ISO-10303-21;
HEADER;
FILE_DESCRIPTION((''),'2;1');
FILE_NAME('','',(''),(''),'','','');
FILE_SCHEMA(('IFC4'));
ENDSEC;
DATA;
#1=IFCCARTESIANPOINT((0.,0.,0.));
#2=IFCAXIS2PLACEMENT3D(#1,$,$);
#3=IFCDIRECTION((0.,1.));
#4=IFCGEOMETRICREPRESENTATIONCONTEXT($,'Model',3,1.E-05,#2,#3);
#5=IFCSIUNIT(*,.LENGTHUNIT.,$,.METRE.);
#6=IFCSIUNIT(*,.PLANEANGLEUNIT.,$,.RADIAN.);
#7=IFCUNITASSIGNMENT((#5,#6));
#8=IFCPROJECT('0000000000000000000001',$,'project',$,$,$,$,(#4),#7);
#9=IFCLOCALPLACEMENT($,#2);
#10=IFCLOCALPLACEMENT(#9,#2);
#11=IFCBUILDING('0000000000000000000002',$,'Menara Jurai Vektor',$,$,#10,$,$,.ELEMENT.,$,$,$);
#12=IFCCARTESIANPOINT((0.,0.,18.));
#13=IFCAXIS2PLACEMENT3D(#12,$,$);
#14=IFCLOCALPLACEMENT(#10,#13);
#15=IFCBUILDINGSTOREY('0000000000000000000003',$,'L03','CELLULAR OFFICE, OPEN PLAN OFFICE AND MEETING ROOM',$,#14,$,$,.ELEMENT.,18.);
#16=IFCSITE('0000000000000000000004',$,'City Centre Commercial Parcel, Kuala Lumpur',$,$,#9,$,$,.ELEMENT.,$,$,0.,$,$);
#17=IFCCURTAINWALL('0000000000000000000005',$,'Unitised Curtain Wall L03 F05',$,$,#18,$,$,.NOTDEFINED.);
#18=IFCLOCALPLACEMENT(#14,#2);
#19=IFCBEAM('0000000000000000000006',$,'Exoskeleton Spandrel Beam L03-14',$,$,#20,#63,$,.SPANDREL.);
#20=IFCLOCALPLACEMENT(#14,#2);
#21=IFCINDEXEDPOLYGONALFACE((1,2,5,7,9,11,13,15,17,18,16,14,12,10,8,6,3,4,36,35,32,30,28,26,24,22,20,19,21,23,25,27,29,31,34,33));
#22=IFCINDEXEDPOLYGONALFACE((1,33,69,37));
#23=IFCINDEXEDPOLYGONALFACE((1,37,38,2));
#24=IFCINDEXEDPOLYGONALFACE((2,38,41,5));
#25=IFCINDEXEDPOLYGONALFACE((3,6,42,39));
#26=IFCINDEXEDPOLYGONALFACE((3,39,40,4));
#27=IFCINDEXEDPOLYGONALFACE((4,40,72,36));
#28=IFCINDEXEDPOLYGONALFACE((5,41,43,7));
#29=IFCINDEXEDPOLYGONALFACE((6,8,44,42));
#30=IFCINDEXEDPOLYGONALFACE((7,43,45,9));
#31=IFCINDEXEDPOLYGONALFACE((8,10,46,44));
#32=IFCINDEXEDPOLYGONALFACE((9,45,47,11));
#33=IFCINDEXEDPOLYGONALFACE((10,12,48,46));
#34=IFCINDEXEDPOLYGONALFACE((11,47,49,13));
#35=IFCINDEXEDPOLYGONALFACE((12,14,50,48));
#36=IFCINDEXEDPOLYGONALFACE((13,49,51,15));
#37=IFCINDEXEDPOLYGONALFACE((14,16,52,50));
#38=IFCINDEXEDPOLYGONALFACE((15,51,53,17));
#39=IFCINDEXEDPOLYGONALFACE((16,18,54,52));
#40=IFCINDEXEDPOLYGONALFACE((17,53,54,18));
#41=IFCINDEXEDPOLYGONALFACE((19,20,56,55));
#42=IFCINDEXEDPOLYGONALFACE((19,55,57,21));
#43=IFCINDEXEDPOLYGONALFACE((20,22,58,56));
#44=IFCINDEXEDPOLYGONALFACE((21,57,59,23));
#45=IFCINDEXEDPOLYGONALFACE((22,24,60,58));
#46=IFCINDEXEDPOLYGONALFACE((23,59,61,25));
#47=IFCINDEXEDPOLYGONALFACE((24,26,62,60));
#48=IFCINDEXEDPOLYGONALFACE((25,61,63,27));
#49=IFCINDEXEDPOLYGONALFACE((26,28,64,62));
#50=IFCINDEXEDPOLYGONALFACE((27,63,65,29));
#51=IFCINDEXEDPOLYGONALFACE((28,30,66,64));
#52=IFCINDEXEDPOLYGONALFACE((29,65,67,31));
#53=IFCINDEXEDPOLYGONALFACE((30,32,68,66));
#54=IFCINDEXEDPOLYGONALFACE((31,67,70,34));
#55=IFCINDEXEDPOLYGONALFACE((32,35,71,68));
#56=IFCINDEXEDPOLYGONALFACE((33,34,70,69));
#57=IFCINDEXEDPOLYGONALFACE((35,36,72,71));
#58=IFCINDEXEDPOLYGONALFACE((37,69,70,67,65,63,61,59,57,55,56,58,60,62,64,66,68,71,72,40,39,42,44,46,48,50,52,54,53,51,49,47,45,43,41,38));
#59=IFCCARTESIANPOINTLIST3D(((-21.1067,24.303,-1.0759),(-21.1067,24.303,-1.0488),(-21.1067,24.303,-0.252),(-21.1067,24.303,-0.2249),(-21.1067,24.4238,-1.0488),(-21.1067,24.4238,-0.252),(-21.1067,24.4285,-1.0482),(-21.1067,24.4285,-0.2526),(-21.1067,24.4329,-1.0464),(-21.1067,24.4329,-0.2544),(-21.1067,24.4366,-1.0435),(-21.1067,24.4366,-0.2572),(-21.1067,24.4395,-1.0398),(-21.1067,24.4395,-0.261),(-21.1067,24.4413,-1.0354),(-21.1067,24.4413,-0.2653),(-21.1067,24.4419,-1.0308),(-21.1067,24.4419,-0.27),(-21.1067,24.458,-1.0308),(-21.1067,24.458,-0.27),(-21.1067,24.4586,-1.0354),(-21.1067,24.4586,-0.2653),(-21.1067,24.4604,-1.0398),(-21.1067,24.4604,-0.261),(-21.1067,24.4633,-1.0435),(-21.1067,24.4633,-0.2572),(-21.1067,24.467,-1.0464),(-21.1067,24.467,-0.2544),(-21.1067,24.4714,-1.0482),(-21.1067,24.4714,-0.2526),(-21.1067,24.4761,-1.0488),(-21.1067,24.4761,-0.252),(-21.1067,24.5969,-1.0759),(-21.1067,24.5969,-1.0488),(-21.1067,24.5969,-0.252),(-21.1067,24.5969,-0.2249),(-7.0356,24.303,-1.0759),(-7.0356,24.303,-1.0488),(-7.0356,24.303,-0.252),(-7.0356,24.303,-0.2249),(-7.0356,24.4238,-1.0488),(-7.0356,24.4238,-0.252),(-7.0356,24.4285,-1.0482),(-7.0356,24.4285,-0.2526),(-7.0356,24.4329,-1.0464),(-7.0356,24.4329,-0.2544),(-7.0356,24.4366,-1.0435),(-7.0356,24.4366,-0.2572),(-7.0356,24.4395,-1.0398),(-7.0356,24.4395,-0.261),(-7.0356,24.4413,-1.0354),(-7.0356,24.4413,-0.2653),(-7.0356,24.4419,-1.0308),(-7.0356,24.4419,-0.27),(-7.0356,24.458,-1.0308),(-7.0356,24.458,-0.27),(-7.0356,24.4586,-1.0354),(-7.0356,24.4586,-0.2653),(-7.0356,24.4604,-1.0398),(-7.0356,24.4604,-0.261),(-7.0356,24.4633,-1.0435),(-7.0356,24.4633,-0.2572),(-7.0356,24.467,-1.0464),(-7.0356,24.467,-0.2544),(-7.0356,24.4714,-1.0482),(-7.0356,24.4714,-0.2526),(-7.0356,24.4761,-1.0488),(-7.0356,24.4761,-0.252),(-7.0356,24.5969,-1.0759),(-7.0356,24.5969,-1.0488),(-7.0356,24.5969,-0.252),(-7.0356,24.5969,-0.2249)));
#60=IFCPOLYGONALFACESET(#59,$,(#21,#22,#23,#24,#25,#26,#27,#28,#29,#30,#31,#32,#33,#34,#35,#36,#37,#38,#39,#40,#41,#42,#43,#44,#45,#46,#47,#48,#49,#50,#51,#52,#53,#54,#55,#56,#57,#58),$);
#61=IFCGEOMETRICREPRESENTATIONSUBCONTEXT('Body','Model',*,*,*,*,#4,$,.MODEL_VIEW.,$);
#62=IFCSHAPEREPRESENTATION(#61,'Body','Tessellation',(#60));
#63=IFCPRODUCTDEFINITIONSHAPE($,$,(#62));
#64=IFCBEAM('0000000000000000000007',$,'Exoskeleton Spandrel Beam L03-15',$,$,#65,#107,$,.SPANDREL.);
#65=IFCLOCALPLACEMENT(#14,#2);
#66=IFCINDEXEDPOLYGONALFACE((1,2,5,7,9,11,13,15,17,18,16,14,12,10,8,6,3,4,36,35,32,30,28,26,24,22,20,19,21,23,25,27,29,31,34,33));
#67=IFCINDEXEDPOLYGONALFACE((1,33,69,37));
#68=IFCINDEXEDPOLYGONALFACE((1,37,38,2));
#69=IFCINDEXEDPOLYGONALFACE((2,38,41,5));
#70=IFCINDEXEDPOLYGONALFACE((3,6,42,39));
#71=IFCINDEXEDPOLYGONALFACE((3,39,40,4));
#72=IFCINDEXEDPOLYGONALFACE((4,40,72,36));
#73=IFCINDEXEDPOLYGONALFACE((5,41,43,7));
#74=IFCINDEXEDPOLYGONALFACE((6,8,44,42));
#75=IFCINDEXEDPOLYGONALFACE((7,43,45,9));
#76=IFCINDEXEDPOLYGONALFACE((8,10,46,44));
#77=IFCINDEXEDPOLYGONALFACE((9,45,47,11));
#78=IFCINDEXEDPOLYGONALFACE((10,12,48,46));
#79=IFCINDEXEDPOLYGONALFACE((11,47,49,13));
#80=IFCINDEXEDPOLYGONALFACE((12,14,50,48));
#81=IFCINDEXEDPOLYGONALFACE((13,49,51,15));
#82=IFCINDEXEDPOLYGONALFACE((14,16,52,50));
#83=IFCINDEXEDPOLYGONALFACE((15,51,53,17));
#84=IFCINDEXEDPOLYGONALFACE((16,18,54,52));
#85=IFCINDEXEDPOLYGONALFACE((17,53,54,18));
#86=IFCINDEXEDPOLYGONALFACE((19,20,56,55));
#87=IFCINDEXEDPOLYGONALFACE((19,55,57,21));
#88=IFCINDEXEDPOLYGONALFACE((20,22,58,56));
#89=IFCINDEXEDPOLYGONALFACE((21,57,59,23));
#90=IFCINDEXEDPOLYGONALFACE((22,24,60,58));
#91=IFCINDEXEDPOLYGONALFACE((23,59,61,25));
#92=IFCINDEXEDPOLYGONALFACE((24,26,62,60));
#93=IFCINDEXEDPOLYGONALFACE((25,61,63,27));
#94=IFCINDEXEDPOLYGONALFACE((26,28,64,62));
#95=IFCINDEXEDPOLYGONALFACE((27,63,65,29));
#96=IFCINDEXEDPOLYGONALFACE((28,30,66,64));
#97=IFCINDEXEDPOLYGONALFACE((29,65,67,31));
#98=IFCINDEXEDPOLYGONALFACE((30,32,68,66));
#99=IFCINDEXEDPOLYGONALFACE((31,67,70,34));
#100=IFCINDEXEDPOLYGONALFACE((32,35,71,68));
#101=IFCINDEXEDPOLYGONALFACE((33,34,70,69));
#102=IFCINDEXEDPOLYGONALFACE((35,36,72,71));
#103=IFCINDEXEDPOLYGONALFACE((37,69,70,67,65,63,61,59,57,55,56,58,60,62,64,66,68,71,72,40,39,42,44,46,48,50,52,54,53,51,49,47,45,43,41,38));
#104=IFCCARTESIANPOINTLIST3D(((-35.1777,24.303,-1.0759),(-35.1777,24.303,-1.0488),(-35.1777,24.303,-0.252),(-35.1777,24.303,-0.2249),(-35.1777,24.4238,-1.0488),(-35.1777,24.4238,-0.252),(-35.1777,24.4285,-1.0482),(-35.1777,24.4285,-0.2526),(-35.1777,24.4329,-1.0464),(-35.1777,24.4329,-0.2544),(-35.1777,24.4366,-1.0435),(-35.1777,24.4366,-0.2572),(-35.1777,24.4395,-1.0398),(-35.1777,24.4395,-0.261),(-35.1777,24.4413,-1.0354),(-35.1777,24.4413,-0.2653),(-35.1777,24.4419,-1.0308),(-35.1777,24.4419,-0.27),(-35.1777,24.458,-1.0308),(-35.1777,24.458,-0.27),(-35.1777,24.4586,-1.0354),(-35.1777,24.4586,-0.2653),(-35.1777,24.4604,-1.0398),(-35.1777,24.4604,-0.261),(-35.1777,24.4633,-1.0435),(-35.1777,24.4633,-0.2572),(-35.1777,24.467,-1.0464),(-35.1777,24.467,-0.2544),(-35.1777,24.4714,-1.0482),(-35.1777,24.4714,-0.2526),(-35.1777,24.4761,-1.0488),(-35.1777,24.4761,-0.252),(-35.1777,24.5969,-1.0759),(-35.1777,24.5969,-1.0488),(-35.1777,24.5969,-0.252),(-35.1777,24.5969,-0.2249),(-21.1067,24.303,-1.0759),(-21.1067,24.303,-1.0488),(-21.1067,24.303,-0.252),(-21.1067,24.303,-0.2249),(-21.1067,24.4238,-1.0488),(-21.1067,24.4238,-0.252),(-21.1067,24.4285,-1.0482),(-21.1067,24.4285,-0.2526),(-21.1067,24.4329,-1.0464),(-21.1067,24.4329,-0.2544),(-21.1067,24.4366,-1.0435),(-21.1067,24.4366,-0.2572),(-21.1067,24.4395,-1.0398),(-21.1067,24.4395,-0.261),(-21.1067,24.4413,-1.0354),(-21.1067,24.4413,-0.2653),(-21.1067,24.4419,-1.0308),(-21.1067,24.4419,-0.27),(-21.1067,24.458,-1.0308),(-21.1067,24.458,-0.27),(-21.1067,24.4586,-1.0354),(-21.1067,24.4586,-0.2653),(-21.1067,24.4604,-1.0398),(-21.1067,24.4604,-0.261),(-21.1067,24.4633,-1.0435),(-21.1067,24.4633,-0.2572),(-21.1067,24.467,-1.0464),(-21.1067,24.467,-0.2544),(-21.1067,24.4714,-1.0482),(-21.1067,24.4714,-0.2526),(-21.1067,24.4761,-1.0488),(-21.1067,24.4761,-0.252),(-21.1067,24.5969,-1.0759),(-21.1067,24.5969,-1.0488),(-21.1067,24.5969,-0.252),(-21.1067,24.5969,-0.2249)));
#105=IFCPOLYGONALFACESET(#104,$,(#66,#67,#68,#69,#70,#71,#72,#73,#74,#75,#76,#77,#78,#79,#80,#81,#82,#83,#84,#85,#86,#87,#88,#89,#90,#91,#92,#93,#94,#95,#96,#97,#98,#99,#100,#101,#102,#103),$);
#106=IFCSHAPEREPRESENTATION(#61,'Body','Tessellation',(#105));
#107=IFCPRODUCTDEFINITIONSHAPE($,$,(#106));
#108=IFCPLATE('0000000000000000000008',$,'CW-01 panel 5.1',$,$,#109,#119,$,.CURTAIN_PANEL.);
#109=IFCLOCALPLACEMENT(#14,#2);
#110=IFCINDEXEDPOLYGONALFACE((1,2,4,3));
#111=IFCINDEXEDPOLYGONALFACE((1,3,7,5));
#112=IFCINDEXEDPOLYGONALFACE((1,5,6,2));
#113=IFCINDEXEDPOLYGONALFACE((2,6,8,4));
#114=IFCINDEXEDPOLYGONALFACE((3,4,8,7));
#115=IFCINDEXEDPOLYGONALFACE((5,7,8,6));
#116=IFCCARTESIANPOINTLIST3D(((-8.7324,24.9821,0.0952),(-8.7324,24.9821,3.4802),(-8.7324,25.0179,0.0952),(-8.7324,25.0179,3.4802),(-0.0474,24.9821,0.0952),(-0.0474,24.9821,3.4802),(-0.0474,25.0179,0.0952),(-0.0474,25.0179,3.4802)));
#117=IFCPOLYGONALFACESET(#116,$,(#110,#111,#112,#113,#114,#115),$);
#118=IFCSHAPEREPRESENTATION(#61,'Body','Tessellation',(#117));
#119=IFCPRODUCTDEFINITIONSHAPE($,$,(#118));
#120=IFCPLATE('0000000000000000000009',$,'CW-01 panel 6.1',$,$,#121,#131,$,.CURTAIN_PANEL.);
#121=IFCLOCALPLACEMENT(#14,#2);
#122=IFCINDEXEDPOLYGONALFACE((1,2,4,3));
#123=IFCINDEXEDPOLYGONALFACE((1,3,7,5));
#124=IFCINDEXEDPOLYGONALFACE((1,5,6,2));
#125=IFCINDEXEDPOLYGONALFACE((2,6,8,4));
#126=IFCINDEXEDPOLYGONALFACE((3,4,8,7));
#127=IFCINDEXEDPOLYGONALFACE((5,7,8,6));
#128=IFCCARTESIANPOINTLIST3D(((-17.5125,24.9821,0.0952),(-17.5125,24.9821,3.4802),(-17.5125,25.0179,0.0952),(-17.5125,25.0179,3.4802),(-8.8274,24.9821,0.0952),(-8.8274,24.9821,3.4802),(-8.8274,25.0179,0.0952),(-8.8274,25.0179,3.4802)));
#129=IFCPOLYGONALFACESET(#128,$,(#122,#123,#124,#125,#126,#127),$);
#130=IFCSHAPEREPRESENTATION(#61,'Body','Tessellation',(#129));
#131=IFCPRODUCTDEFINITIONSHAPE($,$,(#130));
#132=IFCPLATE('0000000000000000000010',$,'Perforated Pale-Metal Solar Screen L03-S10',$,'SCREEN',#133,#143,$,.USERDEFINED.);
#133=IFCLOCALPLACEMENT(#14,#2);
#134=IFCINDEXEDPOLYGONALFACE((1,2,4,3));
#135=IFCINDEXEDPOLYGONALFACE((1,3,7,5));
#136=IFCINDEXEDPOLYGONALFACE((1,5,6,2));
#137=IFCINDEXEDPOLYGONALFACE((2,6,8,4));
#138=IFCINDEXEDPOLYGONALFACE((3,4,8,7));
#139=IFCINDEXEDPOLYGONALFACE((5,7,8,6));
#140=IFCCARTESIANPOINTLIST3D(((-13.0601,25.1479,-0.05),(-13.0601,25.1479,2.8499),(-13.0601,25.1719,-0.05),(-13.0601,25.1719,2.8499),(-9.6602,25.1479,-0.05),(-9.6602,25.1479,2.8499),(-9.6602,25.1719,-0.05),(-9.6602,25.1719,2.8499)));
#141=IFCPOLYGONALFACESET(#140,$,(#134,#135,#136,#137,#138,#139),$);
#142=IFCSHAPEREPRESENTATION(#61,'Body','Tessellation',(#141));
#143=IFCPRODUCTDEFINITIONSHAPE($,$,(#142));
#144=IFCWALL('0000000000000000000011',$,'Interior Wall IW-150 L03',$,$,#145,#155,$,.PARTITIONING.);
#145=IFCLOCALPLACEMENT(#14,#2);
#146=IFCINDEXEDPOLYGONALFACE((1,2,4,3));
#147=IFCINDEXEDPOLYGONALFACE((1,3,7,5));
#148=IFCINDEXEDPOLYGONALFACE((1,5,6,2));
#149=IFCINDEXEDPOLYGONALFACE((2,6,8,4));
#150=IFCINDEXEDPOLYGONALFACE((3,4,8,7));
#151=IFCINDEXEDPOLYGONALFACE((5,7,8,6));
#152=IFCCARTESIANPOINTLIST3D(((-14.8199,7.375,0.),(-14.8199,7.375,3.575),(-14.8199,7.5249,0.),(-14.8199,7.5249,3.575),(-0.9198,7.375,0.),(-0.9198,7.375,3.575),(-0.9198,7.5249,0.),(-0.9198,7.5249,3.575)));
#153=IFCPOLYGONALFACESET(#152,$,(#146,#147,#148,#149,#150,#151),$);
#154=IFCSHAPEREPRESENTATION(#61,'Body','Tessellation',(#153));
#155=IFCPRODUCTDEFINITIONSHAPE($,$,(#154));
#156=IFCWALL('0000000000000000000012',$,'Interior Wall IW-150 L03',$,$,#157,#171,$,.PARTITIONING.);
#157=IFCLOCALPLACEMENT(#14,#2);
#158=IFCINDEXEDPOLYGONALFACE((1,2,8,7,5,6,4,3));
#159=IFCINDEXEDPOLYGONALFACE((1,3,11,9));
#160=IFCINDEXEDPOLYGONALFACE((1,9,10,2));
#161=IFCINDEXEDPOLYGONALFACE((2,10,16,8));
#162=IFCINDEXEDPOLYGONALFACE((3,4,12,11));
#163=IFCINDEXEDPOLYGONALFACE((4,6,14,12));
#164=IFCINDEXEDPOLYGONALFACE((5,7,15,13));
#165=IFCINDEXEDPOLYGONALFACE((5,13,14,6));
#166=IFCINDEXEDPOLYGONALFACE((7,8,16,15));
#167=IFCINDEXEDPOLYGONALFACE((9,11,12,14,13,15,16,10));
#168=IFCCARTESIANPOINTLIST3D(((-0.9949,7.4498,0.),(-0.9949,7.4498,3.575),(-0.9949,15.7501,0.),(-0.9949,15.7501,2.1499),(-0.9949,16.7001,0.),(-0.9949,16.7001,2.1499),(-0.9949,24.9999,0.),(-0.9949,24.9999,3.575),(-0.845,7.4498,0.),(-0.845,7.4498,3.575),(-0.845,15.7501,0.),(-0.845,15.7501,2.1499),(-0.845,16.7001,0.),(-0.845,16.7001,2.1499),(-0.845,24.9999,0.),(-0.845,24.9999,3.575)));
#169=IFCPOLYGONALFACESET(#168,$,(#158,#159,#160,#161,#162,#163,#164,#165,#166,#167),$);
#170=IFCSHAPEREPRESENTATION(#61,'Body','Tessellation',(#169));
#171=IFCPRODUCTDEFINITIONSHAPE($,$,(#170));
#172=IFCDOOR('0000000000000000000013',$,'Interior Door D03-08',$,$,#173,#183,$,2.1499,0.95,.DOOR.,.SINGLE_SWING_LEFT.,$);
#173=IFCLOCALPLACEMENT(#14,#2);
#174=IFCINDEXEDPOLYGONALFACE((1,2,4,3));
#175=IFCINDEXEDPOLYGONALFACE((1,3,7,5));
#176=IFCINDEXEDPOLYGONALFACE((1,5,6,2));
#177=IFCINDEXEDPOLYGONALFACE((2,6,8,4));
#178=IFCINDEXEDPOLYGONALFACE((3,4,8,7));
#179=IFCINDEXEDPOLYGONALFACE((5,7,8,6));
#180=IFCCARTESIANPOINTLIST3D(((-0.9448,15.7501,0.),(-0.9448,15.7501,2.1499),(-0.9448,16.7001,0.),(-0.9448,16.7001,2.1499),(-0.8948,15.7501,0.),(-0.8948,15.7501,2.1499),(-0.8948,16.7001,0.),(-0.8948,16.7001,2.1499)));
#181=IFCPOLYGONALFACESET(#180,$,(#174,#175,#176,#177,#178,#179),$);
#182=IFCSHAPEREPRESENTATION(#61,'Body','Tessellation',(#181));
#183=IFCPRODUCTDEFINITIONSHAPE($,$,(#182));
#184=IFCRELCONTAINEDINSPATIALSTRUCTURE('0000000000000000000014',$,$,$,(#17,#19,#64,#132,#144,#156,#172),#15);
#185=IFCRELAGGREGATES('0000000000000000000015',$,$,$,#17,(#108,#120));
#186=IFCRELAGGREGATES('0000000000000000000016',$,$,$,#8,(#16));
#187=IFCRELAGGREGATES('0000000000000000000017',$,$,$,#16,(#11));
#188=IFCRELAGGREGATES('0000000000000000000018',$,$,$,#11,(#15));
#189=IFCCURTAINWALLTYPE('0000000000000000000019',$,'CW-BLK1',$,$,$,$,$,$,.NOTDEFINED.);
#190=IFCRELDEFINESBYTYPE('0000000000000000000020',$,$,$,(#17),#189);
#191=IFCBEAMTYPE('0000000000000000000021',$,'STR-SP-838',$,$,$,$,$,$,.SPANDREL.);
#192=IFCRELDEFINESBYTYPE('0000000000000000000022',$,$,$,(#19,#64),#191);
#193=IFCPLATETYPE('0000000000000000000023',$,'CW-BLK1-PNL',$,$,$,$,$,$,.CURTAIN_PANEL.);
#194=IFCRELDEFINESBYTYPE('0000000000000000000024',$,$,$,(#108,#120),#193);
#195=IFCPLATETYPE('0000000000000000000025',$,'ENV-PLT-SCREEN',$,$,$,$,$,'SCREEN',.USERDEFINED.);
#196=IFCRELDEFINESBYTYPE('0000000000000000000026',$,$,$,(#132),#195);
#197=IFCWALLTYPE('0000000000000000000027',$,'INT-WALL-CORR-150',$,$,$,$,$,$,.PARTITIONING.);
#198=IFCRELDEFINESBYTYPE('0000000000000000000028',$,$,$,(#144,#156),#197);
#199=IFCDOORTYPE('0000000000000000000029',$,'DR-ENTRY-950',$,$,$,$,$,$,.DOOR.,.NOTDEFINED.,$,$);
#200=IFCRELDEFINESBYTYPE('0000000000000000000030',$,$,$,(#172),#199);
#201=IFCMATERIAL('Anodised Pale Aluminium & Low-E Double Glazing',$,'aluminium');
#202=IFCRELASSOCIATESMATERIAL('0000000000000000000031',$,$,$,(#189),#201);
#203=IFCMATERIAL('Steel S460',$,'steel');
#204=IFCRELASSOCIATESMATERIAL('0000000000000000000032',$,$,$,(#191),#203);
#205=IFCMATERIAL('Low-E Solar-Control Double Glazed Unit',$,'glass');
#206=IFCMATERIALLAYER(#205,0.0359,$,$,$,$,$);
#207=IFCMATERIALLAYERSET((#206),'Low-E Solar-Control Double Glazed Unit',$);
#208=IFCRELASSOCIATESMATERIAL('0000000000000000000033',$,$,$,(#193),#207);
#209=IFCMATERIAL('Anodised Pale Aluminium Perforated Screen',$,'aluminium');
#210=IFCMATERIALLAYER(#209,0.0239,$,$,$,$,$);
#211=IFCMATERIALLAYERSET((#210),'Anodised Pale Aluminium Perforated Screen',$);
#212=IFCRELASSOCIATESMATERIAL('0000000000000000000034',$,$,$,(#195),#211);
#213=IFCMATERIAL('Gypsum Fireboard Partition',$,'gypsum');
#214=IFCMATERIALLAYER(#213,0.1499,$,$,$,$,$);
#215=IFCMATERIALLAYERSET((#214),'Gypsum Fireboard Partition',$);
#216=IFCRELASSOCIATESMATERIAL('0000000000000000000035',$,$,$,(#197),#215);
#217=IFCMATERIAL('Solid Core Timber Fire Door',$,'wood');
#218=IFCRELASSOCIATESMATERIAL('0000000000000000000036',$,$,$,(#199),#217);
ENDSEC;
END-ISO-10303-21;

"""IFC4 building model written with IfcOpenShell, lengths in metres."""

from ifc_helpers import new_model, si_unit, direction, frame, frame_2d, origin, origin_2d, place, context, subcontext, project, spatial, rectangle, i_section, extrude, material, layer, layer_set, material_profile, profile_set, type_object, element, fill, aggregate, save


model = new_model("IFC4")

# Units and contexts
model_context = context("Model", 3, precision=1e-05, world=origin(), true_north=direction((0.0, 1.0)))
body_context = subcontext(model_context, "Body", "Model", "MODEL_VIEW")
ifc_project = project(units=[si_unit("LENGTHUNIT", "METRE"), si_unit("PLANEANGLEUNIT", "RADIAN")], contexts=[model_context])

# Site, building, storey
site_placement = place(None, origin())
site = spatial("IfcSite", under=ifc_project, at=site_placement, Name="City Centre Commercial Parcel, Kuala Lumpur", CompositionType="ELEMENT", RefElevation=0.0)
building_placement = place(site_placement, origin())
building = spatial("IfcBuilding", under=site, at=building_placement, Name="Menara Jurai Vektor", CompositionType="ELEMENT")
storey_placement = place(building_placement, frame((0.0, 0.0, 18.0)))
storey = spatial("IfcBuildingStorey", under=building, at=storey_placement, Name="L03", Description="CELLULAR OFFICE, OPEN PLAN OFFICE AND MEETING ROOM", CompositionType="ELEMENT", Elevation=18.0)

# Shared definitions
ifc_material_1 = material(Name="Steel S460", Category="steel")

# Curtain wall
ifc_material_2 = material(Name="Anodised Pale Aluminium & Low-E Double Glazing", Category="aluminium")
curtain_wall_type = type_object("IfcCurtainWallType", Name="CW-BLK1", PredefinedType="NOTDEFINED", material=ifc_material_2)
curtain_wall_placement = place(storey_placement, origin())
curtain_wall = element("IfcCurtainWall", 1, at=curtain_wall_placement, inside=storey, type_object=curtain_wall_type, Name="Unitised Curtain Wall L03 F05", PredefinedType="NOTDEFINED")

# Beams
ifc_material_profile_1 = material_profile(ifc_material_1, i_section(OverallWidth=0.2939, OverallDepth=0.8511, WebThickness=0.0161, FlangeThickness=0.0271, FilletRadius=0.0181, at=origin_2d()), Name="UKB 838x292x226")
ifc_profile_set_1 = profile_set([ifc_material_profile_1], Name="Steel S460")
beam_type_1 = type_object("IfcBeamType", Name="STR-SP-838", PredefinedType="SPANDREL", material=ifc_profile_set_1)
for number, where, z_axis, x_axis, name in (
    (2, (-7.0356, 24.45, -0.6504), (-1.0, 0.0, 0.0), (0.0, -1.0, 0.0), "Exoskeleton Spandrel Beam L03-14"),
    (3, (-21.1067, 24.45, -0.6504), (-1.0, 0.0, 0.0), (0.0, -1.0, 0.0), "Exoskeleton Spandrel Beam L03-15"),
):
    element("IfcBeam", number, at=place(storey_placement, frame(where, z_axis=z_axis, x_axis=x_axis)), inside=storey, type_object=beam_type_1, Name=name, PredefinedType="SPANDREL", context=body_context, shape_type="SweptSolid", body=[
        extrude(i_section(OverallWidth=0.2939, OverallDepth=0.8511, WebThickness=0.0161, FlangeThickness=0.0271, FilletRadius=0.0181, at=origin_2d()), origin(), (0.0, 0.0, 1.0), 14.071),
    ])

# Plates
ifc_material_3 = material(Name="Low-E Solar-Control Double Glazed Unit", Category="glass")
ifc_layer_1 = layer(ifc_material_3, 0.0359)
ifc_layer_set_1 = layer_set([ifc_layer_1], Name="Low-E Solar-Control Double Glazed Unit")
plate_type_1 = type_object("IfcPlateType", Name="CW-BLK1-PNL", PredefinedType="CURTAIN_PANEL", material=ifc_layer_set_1)
plate_1_placement = place(storey_placement, frame((-4.3899, 25.0, 0.0952), z_axis=(0.0, 0.0, 1.0), x_axis=(-1.0, 0.0, 0.0)))
plate_1 = element("IfcPlate", 4, at=plate_1_placement, type_object=plate_type_1, Name="CW-01 panel 5.1", PredefinedType="CURTAIN_PANEL", context=body_context, shape_type="SweptSolid", body=[
    extrude(rectangle(XDim=8.6851, YDim=0.0359, at=origin_2d()), origin(), (0.0, 0.0, 1.0), 3.385),
])
plate_2_placement = place(storey_placement, frame((-13.1699, 25.0, 0.0952), z_axis=(0.0, 0.0, 1.0), x_axis=(-1.0, 0.0, 0.0)))
plate_2 = element("IfcPlate", 5, at=plate_2_placement, type_object=plate_type_1, Name="CW-01 panel 6.1", PredefinedType="CURTAIN_PANEL", context=body_context, shape_type="SweptSolid", body=[
    extrude(rectangle(XDim=8.6851, YDim=0.0359, at=origin_2d()), origin(), (0.0, 0.0, 1.0), 3.385),
])
aggregate(curtain_wall, [plate_1, plate_2])
ifc_material_4 = material(Name="Anodised Pale Aluminium Perforated Screen", Category="aluminium")
ifc_layer_2 = layer(ifc_material_4, 0.0239)
ifc_layer_set_2 = layer_set([ifc_layer_2], Name="Anodised Pale Aluminium Perforated Screen")
plate_type_2 = type_object("IfcPlateType", Name="ENV-PLT-SCREEN", ElementType="SCREEN", PredefinedType="USERDEFINED", material=ifc_layer_set_2)
plate_3_placement = place(storey_placement, frame((-11.3601, 25.1599, -0.05), z_axis=(0.0, 0.0, 1.0), x_axis=(-1.0, 0.0, 0.0)))
element("IfcPlate", 6, at=plate_3_placement, inside=storey, type_object=plate_type_2, Name="Perforated Pale-Metal Solar Screen L03-S10", ObjectType="SCREEN", PredefinedType="USERDEFINED", context=body_context, shape_type="SweptSolid", body=[
    extrude(rectangle(XDim=3.3999, YDim=0.0239, at=origin_2d()), origin(), (0.0, 0.0, 1.0), 2.8999),
])

# Wall
ifc_material_5 = material(Name="Gypsum Fireboard Partition", Category="gypsum")
ifc_layer_3 = layer(ifc_material_5, 0.1499)
ifc_layer_set_3 = layer_set([ifc_layer_3], Name="Gypsum Fireboard Partition")
wall_type_1 = type_object("IfcWallType", Name="INT-WALL-CORR-150", PredefinedType="PARTITIONING", material=ifc_layer_set_3)
wall_1_placement = place(storey_placement, frame((-14.8201, 7.45, 0.0), z_axis=(0.0, 0.0, 1.0), x_axis=(1.0, 0.0, 0.0)))
element("IfcWall", 7, at=wall_1_placement, inside=storey, type_object=wall_type_1, Name="Interior Wall IW-150 L03", PredefinedType="PARTITIONING", context=body_context, shape_type="SweptSolid", body=[
    extrude(rectangle(XDim=13.9001, YDim=0.1499, at=frame_2d((6.9502, 0.0))), origin(), (0.0, 0.0, 1.0), 3.575),
])

# Wall, opening, door
wall_2_placement = place(storey_placement, frame((-0.9199, 7.45, 0.0), z_axis=(0.0, 0.0, 1.0), x_axis=(0.0, 1.0, 0.0)))
wall_2 = element("IfcWall", 8, at=wall_2_placement, inside=storey, type_object=wall_type_1, Name="Interior Wall IW-150 L03", PredefinedType="PARTITIONING", context=body_context, shape_type="SweptSolid", body=[
    extrude(rectangle(XDim=17.55, YDim=0.1499, at=frame_2d((8.7749, 0.0))), origin(), (0.0, 0.0, 1.0), 3.575),
])
opening_placement = place(wall_2_placement, frame((8.3, 0.0, 0.0)))
opening = element("IfcOpeningElement", 9, at=opening_placement, cuts=wall_2, PredefinedType="OPENING", context=body_context, shape_type="SweptSolid", body=[
    extrude(rectangle(XDim=0.95, YDim=2.1499, at=frame_2d((0.4751, 1.075))), frame((0.0, 0.085, 0.0), z_axis=(0.0, -1.0, 0.0), x_axis=(1.0, 0.0, 0.0)), (0.0, 0.0, 1.0), 0.1699),
])
ifc_material_6 = material(Name="Solid Core Timber Fire Door", Category="wood")
door_type = type_object("IfcDoorType", Name="DR-ENTRY-950", OperationType="NOTDEFINED", PredefinedType="DOOR", material=ifc_material_6)
door_placement = place(opening_placement, origin())
door = element("IfcDoor", 10, at=door_placement, inside=storey, type_object=door_type, Name="Interior Door D03-08", OperationType="SINGLE_SWING_LEFT", OverallHeight=2.1499, OverallWidth=0.95, PredefinedType="DOOR", context=body_context, shape_type="SweptSolid", body=[
    extrude(rectangle(XDim=0.95, YDim=2.1499, at=frame_2d((0.4751, 1.075))), frame((0.0, 0.0249, 0.0), z_axis=(0.0, -1.0, 0.0), x_axis=(1.0, 0.0, 0.0)), (0.0, 0.0, 1.0), 0.05),
])
fill(opening, door)

save(model, "model.ifc")
